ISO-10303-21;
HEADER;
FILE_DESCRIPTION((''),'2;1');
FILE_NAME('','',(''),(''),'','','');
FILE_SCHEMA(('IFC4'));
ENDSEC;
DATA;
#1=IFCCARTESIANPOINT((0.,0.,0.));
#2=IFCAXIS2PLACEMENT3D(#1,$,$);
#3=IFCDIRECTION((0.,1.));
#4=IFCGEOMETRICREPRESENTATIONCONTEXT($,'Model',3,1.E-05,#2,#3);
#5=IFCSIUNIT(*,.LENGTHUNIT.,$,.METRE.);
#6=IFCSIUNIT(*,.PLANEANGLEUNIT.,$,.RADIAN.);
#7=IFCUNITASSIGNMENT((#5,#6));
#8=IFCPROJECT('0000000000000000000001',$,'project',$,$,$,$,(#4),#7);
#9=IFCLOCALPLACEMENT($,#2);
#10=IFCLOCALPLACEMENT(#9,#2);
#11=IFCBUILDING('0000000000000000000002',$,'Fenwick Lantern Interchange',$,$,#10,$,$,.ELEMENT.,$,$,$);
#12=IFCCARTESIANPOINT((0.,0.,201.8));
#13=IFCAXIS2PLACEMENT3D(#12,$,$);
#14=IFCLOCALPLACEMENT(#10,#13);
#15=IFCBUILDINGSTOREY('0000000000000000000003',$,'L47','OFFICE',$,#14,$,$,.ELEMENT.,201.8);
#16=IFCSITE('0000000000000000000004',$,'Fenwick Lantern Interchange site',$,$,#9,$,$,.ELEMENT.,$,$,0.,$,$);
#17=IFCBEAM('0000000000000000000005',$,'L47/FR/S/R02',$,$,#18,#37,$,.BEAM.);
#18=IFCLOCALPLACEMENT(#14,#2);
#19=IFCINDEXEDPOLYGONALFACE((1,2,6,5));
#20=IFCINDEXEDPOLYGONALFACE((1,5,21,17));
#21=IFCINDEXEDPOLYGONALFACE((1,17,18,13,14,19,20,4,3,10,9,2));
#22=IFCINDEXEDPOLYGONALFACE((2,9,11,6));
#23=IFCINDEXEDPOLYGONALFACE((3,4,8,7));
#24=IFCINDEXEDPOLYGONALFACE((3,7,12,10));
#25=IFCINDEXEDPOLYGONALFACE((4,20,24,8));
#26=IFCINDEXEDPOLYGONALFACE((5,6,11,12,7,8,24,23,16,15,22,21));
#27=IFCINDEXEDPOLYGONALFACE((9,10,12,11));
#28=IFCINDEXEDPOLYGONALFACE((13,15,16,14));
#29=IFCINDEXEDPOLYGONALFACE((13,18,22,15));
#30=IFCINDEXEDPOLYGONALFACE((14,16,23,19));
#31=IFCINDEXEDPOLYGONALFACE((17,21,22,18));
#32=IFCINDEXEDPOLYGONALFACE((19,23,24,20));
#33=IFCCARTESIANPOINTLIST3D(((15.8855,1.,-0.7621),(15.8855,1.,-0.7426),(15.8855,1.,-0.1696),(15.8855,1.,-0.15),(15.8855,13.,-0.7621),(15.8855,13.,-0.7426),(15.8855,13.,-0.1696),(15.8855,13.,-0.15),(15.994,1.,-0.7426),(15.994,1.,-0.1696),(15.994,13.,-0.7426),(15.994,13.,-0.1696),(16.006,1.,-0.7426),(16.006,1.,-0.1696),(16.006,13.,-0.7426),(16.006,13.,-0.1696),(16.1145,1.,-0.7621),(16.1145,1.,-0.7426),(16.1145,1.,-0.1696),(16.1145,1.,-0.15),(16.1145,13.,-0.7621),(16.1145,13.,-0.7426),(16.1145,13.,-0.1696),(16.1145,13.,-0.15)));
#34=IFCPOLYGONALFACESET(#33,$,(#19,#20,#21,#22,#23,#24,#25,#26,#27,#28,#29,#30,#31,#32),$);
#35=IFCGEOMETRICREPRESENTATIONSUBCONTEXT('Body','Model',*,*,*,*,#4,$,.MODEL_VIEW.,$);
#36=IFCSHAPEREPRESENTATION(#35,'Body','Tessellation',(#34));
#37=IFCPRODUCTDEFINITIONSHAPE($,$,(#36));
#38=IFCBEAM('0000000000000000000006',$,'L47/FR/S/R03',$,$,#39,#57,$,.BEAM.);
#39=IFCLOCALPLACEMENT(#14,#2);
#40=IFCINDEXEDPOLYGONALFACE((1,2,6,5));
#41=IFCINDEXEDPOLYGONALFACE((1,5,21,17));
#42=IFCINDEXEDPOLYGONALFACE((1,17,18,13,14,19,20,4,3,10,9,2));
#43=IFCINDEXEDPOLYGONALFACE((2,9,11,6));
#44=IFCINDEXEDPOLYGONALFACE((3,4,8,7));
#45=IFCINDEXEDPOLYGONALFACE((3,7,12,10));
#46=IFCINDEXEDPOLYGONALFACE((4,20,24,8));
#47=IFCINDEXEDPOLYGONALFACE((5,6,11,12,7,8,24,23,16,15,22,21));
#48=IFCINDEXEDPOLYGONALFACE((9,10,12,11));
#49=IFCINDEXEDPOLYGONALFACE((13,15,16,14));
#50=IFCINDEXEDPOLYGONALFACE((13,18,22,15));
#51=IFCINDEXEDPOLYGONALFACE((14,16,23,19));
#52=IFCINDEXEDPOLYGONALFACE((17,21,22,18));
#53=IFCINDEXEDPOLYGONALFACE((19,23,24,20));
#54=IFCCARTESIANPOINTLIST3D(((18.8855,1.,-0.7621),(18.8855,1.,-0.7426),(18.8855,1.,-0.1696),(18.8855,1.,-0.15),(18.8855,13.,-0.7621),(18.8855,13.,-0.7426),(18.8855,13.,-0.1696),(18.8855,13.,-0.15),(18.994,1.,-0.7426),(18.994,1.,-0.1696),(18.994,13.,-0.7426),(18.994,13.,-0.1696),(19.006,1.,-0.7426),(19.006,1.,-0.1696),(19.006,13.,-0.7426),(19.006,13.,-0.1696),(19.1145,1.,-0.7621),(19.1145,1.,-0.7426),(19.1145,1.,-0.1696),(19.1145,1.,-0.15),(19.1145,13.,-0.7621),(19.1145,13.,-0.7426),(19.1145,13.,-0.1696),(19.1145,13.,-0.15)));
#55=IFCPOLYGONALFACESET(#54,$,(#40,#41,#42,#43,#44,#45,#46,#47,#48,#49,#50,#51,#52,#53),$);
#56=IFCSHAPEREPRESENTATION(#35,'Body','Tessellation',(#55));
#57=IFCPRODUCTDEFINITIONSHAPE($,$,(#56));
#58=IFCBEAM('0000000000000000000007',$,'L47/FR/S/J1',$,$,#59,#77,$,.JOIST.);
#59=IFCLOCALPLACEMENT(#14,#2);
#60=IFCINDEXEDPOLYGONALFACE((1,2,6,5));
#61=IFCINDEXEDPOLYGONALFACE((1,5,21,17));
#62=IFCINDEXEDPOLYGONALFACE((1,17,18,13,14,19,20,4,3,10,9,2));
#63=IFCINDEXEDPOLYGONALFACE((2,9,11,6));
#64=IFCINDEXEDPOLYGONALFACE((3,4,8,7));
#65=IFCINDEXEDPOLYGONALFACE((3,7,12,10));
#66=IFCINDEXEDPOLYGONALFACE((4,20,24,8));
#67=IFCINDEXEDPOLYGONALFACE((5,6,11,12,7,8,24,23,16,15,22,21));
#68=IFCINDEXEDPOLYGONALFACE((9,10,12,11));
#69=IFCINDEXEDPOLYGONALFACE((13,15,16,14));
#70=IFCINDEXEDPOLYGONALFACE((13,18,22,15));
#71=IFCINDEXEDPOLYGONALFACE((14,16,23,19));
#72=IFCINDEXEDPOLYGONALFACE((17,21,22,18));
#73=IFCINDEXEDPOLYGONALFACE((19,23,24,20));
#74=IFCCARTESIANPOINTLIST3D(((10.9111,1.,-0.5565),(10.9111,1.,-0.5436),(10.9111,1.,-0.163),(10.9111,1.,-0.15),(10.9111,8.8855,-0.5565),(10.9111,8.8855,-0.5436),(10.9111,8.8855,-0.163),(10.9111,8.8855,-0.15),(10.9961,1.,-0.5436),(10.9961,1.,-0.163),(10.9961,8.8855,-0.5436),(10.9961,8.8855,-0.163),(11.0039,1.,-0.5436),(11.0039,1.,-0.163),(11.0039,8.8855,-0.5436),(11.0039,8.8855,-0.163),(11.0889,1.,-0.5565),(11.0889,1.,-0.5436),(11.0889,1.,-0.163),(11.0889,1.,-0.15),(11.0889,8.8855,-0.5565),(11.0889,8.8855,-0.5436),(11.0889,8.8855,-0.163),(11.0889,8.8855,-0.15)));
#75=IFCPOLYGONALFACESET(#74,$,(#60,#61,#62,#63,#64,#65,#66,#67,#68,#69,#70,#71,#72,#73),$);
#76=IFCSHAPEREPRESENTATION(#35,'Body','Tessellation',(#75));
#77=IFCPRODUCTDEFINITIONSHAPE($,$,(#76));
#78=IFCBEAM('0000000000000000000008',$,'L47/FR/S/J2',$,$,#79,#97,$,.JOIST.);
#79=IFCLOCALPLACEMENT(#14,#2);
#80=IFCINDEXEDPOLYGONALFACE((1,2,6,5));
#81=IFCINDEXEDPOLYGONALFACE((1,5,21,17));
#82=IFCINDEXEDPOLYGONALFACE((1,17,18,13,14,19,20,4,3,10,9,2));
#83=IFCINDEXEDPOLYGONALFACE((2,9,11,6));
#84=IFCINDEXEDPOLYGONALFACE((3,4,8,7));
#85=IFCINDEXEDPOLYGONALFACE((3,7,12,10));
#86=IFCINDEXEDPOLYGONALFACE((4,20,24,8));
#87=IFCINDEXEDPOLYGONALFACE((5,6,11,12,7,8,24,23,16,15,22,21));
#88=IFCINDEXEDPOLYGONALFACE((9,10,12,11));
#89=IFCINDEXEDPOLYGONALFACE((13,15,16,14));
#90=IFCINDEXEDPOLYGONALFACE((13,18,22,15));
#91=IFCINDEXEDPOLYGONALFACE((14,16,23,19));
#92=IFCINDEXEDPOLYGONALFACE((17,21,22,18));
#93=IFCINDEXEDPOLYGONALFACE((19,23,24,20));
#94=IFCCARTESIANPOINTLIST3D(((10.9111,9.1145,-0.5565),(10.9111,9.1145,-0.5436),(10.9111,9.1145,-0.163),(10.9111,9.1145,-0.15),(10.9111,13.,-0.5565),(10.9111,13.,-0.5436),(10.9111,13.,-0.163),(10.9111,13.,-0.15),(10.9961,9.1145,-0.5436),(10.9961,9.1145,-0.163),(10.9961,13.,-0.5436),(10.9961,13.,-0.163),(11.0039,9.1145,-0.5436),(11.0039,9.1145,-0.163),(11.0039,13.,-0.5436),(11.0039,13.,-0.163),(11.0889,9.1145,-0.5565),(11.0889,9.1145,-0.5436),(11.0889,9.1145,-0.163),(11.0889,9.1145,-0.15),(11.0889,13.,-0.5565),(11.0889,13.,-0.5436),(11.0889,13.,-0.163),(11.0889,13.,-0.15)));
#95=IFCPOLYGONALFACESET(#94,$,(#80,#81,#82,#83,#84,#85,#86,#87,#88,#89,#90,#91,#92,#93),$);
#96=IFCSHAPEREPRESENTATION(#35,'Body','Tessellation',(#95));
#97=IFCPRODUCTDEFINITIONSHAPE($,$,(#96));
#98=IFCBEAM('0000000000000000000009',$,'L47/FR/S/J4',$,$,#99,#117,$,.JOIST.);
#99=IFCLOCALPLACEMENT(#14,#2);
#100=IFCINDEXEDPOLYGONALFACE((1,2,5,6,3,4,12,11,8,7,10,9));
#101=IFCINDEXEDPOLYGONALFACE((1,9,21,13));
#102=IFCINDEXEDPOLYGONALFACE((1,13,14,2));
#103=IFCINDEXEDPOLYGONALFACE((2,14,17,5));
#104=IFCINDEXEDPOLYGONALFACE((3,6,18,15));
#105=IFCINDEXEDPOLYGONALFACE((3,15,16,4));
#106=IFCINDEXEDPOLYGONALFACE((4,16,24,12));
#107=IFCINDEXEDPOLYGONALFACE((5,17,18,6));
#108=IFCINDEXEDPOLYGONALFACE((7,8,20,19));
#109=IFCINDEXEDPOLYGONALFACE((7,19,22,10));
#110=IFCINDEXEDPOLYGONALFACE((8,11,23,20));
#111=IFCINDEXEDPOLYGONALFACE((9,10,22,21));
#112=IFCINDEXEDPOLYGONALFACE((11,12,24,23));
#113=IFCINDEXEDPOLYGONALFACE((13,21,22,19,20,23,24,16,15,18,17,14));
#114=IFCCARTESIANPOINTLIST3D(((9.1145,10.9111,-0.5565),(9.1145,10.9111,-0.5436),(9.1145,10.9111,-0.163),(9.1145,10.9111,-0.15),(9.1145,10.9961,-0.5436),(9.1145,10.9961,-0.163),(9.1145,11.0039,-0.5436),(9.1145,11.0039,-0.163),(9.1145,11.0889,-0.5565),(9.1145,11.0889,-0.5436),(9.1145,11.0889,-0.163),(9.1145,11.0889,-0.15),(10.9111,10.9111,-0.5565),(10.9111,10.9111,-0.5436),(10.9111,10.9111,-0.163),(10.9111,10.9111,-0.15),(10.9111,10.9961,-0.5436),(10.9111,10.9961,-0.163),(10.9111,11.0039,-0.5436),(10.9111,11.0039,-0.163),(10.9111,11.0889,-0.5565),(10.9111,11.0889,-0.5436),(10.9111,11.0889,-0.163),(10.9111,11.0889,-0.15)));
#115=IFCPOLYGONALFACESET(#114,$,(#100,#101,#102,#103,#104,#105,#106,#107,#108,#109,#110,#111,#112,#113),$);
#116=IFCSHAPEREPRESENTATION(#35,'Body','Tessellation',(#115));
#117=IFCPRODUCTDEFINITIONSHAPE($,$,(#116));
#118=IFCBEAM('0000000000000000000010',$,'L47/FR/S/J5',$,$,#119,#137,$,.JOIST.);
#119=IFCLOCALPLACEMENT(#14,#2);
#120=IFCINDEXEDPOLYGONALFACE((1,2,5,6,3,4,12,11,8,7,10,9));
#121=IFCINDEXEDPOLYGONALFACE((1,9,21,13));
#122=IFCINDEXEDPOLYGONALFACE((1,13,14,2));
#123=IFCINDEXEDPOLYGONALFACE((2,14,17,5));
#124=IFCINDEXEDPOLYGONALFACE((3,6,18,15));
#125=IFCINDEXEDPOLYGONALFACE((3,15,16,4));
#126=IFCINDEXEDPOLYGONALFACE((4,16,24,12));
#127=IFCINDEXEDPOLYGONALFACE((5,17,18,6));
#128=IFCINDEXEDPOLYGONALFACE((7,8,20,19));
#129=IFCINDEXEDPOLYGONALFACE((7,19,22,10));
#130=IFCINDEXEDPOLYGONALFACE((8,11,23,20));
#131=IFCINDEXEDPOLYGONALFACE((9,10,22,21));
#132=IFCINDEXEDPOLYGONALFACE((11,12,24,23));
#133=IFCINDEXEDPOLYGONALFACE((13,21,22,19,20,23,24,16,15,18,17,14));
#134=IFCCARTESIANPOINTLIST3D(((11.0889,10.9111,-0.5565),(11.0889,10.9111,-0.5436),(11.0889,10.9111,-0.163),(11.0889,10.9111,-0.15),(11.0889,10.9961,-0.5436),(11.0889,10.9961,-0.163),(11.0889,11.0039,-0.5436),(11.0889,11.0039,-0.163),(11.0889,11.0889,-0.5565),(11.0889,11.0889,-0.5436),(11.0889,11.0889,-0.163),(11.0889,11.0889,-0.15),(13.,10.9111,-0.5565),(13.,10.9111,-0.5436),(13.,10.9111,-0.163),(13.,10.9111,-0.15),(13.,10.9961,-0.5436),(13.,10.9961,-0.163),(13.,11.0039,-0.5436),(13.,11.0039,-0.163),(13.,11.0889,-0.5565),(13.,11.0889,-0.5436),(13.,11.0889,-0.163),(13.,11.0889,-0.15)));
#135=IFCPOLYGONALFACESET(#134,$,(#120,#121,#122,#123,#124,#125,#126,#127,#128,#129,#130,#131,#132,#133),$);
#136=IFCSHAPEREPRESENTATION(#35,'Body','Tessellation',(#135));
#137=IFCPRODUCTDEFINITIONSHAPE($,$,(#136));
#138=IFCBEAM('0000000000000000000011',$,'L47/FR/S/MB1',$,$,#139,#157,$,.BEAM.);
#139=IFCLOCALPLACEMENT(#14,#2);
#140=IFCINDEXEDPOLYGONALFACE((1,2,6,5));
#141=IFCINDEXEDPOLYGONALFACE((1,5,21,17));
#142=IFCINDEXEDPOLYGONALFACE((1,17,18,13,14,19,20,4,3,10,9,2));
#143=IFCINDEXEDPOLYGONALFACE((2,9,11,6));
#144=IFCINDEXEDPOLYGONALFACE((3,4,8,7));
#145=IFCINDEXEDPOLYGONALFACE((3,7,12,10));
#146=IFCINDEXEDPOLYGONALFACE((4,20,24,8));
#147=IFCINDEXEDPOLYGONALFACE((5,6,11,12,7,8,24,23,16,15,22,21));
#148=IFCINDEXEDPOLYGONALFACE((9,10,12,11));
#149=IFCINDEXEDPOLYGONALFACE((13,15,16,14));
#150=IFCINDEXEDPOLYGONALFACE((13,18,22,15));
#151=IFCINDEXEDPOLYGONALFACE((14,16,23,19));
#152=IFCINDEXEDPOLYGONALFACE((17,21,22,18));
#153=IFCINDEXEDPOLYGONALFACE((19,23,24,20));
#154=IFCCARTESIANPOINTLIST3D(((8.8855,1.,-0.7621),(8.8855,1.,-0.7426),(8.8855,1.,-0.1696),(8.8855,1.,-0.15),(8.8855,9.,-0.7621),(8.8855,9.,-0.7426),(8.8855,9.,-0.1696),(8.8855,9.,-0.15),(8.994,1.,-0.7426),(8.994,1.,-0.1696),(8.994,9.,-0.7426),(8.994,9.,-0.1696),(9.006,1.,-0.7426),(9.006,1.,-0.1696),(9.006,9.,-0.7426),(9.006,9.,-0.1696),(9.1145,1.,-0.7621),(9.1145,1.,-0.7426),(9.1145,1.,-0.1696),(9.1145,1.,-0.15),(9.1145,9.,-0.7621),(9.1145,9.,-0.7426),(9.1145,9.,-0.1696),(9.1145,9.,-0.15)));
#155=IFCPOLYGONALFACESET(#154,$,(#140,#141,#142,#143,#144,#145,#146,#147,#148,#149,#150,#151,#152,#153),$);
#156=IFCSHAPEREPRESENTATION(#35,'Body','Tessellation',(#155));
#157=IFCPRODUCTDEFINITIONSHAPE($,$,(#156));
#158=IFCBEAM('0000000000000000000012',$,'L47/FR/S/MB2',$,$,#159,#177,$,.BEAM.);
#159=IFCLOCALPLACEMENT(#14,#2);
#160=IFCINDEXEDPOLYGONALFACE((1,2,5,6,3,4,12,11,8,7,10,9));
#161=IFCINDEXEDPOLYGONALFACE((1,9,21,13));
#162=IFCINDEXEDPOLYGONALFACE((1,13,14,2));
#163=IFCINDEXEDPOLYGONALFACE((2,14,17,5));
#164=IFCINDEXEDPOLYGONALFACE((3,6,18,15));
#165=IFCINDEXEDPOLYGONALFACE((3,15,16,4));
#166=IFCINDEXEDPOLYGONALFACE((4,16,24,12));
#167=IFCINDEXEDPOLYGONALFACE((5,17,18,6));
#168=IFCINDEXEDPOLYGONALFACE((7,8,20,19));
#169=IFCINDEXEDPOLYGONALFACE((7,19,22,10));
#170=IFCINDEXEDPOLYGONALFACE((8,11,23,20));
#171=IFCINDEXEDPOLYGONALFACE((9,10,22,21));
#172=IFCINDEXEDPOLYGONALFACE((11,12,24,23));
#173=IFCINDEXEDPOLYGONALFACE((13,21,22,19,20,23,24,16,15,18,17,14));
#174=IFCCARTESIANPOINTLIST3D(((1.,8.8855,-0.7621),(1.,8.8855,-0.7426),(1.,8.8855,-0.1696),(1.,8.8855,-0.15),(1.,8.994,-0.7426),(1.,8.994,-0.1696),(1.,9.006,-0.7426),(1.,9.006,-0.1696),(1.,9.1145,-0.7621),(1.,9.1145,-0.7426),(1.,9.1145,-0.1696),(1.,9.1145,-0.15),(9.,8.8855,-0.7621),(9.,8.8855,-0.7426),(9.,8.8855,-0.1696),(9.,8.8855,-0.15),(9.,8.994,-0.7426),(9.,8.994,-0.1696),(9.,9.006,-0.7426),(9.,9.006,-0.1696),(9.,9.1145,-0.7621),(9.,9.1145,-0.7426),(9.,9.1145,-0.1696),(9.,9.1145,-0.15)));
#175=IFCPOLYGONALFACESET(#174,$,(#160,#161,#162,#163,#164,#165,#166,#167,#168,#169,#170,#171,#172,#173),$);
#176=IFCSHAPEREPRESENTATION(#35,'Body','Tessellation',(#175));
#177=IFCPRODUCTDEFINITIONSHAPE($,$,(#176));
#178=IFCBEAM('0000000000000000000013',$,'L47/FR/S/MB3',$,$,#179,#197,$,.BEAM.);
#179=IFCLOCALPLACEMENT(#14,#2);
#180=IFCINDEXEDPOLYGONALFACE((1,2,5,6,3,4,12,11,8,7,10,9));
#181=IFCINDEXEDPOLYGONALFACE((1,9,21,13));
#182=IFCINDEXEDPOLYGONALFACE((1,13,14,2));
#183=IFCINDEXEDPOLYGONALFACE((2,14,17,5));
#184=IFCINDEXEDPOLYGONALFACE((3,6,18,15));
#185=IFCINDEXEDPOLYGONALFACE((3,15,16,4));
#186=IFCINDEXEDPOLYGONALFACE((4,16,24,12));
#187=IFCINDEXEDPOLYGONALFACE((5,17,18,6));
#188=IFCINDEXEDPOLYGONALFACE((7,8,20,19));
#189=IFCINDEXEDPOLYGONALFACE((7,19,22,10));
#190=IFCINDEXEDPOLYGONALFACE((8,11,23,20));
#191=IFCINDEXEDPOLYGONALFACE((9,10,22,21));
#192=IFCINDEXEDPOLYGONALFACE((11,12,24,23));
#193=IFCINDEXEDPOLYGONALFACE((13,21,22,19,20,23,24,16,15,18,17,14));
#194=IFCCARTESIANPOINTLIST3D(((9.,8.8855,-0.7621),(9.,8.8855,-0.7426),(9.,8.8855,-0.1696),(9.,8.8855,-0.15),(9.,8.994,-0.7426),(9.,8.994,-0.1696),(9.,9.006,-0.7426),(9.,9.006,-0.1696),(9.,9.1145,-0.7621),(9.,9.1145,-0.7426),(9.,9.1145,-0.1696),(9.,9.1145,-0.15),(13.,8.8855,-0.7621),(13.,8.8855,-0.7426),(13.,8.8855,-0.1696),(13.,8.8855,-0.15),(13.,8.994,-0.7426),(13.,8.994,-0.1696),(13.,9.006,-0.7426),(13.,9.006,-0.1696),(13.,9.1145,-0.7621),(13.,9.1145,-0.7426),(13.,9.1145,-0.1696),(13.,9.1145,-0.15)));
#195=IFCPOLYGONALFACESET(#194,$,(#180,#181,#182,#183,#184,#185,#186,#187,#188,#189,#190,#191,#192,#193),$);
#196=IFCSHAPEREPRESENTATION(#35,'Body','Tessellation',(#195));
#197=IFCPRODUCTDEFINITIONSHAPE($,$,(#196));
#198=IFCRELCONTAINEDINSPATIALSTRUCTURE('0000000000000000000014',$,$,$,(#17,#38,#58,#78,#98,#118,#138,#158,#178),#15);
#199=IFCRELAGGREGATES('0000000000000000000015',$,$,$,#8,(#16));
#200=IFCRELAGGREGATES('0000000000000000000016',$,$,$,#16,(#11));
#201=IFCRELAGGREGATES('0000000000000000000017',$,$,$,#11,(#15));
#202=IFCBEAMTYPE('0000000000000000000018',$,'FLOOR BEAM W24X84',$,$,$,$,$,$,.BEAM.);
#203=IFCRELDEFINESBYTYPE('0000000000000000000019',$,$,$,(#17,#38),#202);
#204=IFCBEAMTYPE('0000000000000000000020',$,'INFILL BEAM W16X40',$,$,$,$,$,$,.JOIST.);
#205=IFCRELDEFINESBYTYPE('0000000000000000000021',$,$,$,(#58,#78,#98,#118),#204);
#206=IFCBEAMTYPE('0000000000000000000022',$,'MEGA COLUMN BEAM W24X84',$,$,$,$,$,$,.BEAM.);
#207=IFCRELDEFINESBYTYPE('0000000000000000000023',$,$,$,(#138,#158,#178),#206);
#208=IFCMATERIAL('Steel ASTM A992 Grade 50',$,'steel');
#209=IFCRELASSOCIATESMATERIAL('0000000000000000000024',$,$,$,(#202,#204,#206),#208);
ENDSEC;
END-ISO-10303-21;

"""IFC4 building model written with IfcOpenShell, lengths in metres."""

from ifc_helpers import new_model, si_unit, direction, frame, origin, origin_2d, place, context, subcontext, project, spatial, i_section, extrude, material, material_profile, profile_set, type_object, element, save


model = new_model("IFC4")

# Units and contexts
model_context = context("Model", 3, precision=1e-05, world=origin(), true_north=direction((0.0, 1.0)))
body_context = subcontext(model_context, "Body", "Model", "MODEL_VIEW")
ifc_project = project(units=[si_unit("LENGTHUNIT", "METRE"), si_unit("PLANEANGLEUNIT", "RADIAN")], contexts=[model_context])

# Site, building, storey
site_placement = place(None, origin())
site = spatial("IfcSite", under=ifc_project, at=site_placement, Name="Fenwick Lantern Interchange site", CompositionType="ELEMENT", RefElevation=0.0)
building_placement = place(site_placement, origin())
building = spatial("IfcBuilding", under=site, at=building_placement, Name="Fenwick Lantern Interchange", CompositionType="ELEMENT")
storey_placement = place(building_placement, frame((0.0, 0.0, 201.8)))
storey = spatial("IfcBuildingStorey", under=building, at=storey_placement, Name="L47", Description="OFFICE", CompositionType="ELEMENT", Elevation=201.8)

# Shared definitions
ifc_material_1 = material(Name="Steel ASTM A992 Grade 50", Category="steel")

# Beams
ifc_material_profile_1 = material_profile(ifc_material_1, i_section(OverallWidth=0.229, OverallDepth=0.6121, WebThickness=0.012, FlangeThickness=0.0195, at=origin_2d()), Name="W24X84")
ifc_profile_set_1 = profile_set([ifc_material_profile_1], Name="Steel ASTM A992 Grade 50")
beam_type_1 = type_object("IfcBeamType", Name="FLOOR BEAM W24X84", PredefinedType="BEAM", material=ifc_profile_set_1)
for number, where, z_axis, x_axis, name in (
    (1, (16.0, 1.0, -0.4561), (0.0, 1.0, 0.0), (-1.0, 0.0, 0.0), "L47/FR/S/R02"),
    (2, (19.0, 1.0, -0.4561), (0.0, 1.0, 0.0), (-1.0, 0.0, 0.0), "L47/FR/S/R03"),
):
    element("IfcBeam", number, at=place(storey_placement, frame(where, z_axis=z_axis, x_axis=x_axis)), inside=storey, type_object=beam_type_1, Name=name, PredefinedType="BEAM", context=body_context, shape_type="SweptSolid", body=[
        extrude(i_section(OverallWidth=0.229, OverallDepth=0.6121, WebThickness=0.012, FlangeThickness=0.0195, at=origin_2d()), origin(), (0.0, 0.0, 1.0), 12.0),
    ])
ifc_material_profile_2 = material_profile(ifc_material_1, i_section(OverallWidth=0.1777, OverallDepth=0.4065, WebThickness=0.0078, FlangeThickness=0.0129, at=origin_2d()), Name="W16X40")
ifc_profile_set_2 = profile_set([ifc_material_profile_2], Name="Steel ASTM A992 Grade 50")
beam_type_2 = type_object("IfcBeamType", Name="INFILL BEAM W16X40", PredefinedType="JOIST", material=ifc_profile_set_2)
beam_1_placement = place(storey_placement, frame((11.0, 1.0, -0.3533), z_axis=(0.0, 1.0, 0.0), x_axis=(-1.0, 0.0, 0.0)))
element("IfcBeam", 3, at=beam_1_placement, inside=storey, type_object=beam_type_2, Name="L47/FR/S/J1", PredefinedType="JOIST", context=body_context, shape_type="SweptSolid", body=[
    extrude(i_section(OverallWidth=0.1777, OverallDepth=0.4065, WebThickness=0.0078, FlangeThickness=0.0129, at=origin_2d()), origin(), (0.0, 0.0, 1.0), 7.8855),
])
beam_2_placement = place(storey_placement, frame((11.0, 9.1145, -0.3533), z_axis=(0.0, 1.0, 0.0), x_axis=(-1.0, 0.0, 0.0)))
element("IfcBeam", 4, at=beam_2_placement, inside=storey, type_object=beam_type_2, Name="L47/FR/S/J2", PredefinedType="JOIST", context=body_context, shape_type="SweptSolid", body=[
    extrude(i_section(OverallWidth=0.1777, OverallDepth=0.4065, WebThickness=0.0078, FlangeThickness=0.0129, at=origin_2d()), origin(), (0.0, 0.0, 1.0), 3.8855),
])
beam_3_placement = place(storey_placement, frame((9.1145, 11.0, -0.3533), z_axis=(1.0, 0.0, 0.0), x_axis=(0.0, 1.0, 0.0)))
element("IfcBeam", 5, at=beam_3_placement, inside=storey, type_object=beam_type_2, Name="L47/FR/S/J4", PredefinedType="JOIST", context=body_context, shape_type="SweptSolid", body=[
    extrude(i_section(OverallWidth=0.1777, OverallDepth=0.4065, WebThickness=0.0078, FlangeThickness=0.0129, at=origin_2d()), origin(), (0.0, 0.0, 1.0), 1.7966),
])
beam_4_placement = place(storey_placement, frame((11.0889, 11.0, -0.3533), z_axis=(1.0, 0.0, 0.0), x_axis=(0.0, 1.0, 0.0)))
element("IfcBeam", 6, at=beam_4_placement, inside=storey, type_object=beam_type_2, Name="L47/FR/S/J5", PredefinedType="JOIST", context=body_context, shape_type="SweptSolid", body=[
    extrude(i_section(OverallWidth=0.1777, OverallDepth=0.4065, WebThickness=0.0078, FlangeThickness=0.0129, at=origin_2d()), origin(), (0.0, 0.0, 1.0), 1.9111),
])
ifc_material_profile_3 = material_profile(ifc_material_1, i_section(OverallWidth=0.229, OverallDepth=0.6121, WebThickness=0.012, FlangeThickness=0.0195, at=origin_2d()), Name="W24X84")
ifc_profile_set_3 = profile_set([ifc_material_profile_3], Name="Steel ASTM A992 Grade 50")
beam_type_3 = type_object("IfcBeamType", Name="MEGA COLUMN BEAM W24X84", PredefinedType="BEAM", material=ifc_profile_set_3)
for number, where, z_axis, x_axis, name in (
    (7, (9.0, 9.0, -0.4561), (0.0, -1.0, 0.0), (1.0, 0.0, 0.0), "L47/FR/S/MB1"),
    (8, (9.0, 9.0, -0.4561), (-1.0, 0.0, 0.0), (0.0, -1.0, 0.0), "L47/FR/S/MB2"),
):
    element("IfcBeam", number, at=place(storey_placement, frame(where, z_axis=z_axis, x_axis=x_axis)), inside=storey, type_object=beam_type_3, Name=name, PredefinedType="BEAM", context=body_context, shape_type="SweptSolid", body=[
        extrude(i_section(OverallWidth=0.229, OverallDepth=0.6121, WebThickness=0.012, FlangeThickness=0.0195, at=origin_2d()), origin(), (0.0, 0.0, 1.0), 8.0),
    ])
for number, where, z_axis, x_axis, name in (
    (9, (9.0, 9.0, -0.4561), (1.0, 0.0, 0.0), (0.0, 1.0, 0.0), "L47/FR/S/MB3"),
):
    element("IfcBeam", number, at=place(storey_placement, frame(where, z_axis=z_axis, x_axis=x_axis)), inside=storey, type_object=beam_type_3, Name=name, PredefinedType="BEAM", context=body_context, shape_type="SweptSolid", body=[
        extrude(i_section(OverallWidth=0.229, OverallDepth=0.6121, WebThickness=0.012, FlangeThickness=0.0195, at=origin_2d()), origin(), (0.0, 0.0, 1.0), 4.0),
    ])

save(model, "model.ifc")
